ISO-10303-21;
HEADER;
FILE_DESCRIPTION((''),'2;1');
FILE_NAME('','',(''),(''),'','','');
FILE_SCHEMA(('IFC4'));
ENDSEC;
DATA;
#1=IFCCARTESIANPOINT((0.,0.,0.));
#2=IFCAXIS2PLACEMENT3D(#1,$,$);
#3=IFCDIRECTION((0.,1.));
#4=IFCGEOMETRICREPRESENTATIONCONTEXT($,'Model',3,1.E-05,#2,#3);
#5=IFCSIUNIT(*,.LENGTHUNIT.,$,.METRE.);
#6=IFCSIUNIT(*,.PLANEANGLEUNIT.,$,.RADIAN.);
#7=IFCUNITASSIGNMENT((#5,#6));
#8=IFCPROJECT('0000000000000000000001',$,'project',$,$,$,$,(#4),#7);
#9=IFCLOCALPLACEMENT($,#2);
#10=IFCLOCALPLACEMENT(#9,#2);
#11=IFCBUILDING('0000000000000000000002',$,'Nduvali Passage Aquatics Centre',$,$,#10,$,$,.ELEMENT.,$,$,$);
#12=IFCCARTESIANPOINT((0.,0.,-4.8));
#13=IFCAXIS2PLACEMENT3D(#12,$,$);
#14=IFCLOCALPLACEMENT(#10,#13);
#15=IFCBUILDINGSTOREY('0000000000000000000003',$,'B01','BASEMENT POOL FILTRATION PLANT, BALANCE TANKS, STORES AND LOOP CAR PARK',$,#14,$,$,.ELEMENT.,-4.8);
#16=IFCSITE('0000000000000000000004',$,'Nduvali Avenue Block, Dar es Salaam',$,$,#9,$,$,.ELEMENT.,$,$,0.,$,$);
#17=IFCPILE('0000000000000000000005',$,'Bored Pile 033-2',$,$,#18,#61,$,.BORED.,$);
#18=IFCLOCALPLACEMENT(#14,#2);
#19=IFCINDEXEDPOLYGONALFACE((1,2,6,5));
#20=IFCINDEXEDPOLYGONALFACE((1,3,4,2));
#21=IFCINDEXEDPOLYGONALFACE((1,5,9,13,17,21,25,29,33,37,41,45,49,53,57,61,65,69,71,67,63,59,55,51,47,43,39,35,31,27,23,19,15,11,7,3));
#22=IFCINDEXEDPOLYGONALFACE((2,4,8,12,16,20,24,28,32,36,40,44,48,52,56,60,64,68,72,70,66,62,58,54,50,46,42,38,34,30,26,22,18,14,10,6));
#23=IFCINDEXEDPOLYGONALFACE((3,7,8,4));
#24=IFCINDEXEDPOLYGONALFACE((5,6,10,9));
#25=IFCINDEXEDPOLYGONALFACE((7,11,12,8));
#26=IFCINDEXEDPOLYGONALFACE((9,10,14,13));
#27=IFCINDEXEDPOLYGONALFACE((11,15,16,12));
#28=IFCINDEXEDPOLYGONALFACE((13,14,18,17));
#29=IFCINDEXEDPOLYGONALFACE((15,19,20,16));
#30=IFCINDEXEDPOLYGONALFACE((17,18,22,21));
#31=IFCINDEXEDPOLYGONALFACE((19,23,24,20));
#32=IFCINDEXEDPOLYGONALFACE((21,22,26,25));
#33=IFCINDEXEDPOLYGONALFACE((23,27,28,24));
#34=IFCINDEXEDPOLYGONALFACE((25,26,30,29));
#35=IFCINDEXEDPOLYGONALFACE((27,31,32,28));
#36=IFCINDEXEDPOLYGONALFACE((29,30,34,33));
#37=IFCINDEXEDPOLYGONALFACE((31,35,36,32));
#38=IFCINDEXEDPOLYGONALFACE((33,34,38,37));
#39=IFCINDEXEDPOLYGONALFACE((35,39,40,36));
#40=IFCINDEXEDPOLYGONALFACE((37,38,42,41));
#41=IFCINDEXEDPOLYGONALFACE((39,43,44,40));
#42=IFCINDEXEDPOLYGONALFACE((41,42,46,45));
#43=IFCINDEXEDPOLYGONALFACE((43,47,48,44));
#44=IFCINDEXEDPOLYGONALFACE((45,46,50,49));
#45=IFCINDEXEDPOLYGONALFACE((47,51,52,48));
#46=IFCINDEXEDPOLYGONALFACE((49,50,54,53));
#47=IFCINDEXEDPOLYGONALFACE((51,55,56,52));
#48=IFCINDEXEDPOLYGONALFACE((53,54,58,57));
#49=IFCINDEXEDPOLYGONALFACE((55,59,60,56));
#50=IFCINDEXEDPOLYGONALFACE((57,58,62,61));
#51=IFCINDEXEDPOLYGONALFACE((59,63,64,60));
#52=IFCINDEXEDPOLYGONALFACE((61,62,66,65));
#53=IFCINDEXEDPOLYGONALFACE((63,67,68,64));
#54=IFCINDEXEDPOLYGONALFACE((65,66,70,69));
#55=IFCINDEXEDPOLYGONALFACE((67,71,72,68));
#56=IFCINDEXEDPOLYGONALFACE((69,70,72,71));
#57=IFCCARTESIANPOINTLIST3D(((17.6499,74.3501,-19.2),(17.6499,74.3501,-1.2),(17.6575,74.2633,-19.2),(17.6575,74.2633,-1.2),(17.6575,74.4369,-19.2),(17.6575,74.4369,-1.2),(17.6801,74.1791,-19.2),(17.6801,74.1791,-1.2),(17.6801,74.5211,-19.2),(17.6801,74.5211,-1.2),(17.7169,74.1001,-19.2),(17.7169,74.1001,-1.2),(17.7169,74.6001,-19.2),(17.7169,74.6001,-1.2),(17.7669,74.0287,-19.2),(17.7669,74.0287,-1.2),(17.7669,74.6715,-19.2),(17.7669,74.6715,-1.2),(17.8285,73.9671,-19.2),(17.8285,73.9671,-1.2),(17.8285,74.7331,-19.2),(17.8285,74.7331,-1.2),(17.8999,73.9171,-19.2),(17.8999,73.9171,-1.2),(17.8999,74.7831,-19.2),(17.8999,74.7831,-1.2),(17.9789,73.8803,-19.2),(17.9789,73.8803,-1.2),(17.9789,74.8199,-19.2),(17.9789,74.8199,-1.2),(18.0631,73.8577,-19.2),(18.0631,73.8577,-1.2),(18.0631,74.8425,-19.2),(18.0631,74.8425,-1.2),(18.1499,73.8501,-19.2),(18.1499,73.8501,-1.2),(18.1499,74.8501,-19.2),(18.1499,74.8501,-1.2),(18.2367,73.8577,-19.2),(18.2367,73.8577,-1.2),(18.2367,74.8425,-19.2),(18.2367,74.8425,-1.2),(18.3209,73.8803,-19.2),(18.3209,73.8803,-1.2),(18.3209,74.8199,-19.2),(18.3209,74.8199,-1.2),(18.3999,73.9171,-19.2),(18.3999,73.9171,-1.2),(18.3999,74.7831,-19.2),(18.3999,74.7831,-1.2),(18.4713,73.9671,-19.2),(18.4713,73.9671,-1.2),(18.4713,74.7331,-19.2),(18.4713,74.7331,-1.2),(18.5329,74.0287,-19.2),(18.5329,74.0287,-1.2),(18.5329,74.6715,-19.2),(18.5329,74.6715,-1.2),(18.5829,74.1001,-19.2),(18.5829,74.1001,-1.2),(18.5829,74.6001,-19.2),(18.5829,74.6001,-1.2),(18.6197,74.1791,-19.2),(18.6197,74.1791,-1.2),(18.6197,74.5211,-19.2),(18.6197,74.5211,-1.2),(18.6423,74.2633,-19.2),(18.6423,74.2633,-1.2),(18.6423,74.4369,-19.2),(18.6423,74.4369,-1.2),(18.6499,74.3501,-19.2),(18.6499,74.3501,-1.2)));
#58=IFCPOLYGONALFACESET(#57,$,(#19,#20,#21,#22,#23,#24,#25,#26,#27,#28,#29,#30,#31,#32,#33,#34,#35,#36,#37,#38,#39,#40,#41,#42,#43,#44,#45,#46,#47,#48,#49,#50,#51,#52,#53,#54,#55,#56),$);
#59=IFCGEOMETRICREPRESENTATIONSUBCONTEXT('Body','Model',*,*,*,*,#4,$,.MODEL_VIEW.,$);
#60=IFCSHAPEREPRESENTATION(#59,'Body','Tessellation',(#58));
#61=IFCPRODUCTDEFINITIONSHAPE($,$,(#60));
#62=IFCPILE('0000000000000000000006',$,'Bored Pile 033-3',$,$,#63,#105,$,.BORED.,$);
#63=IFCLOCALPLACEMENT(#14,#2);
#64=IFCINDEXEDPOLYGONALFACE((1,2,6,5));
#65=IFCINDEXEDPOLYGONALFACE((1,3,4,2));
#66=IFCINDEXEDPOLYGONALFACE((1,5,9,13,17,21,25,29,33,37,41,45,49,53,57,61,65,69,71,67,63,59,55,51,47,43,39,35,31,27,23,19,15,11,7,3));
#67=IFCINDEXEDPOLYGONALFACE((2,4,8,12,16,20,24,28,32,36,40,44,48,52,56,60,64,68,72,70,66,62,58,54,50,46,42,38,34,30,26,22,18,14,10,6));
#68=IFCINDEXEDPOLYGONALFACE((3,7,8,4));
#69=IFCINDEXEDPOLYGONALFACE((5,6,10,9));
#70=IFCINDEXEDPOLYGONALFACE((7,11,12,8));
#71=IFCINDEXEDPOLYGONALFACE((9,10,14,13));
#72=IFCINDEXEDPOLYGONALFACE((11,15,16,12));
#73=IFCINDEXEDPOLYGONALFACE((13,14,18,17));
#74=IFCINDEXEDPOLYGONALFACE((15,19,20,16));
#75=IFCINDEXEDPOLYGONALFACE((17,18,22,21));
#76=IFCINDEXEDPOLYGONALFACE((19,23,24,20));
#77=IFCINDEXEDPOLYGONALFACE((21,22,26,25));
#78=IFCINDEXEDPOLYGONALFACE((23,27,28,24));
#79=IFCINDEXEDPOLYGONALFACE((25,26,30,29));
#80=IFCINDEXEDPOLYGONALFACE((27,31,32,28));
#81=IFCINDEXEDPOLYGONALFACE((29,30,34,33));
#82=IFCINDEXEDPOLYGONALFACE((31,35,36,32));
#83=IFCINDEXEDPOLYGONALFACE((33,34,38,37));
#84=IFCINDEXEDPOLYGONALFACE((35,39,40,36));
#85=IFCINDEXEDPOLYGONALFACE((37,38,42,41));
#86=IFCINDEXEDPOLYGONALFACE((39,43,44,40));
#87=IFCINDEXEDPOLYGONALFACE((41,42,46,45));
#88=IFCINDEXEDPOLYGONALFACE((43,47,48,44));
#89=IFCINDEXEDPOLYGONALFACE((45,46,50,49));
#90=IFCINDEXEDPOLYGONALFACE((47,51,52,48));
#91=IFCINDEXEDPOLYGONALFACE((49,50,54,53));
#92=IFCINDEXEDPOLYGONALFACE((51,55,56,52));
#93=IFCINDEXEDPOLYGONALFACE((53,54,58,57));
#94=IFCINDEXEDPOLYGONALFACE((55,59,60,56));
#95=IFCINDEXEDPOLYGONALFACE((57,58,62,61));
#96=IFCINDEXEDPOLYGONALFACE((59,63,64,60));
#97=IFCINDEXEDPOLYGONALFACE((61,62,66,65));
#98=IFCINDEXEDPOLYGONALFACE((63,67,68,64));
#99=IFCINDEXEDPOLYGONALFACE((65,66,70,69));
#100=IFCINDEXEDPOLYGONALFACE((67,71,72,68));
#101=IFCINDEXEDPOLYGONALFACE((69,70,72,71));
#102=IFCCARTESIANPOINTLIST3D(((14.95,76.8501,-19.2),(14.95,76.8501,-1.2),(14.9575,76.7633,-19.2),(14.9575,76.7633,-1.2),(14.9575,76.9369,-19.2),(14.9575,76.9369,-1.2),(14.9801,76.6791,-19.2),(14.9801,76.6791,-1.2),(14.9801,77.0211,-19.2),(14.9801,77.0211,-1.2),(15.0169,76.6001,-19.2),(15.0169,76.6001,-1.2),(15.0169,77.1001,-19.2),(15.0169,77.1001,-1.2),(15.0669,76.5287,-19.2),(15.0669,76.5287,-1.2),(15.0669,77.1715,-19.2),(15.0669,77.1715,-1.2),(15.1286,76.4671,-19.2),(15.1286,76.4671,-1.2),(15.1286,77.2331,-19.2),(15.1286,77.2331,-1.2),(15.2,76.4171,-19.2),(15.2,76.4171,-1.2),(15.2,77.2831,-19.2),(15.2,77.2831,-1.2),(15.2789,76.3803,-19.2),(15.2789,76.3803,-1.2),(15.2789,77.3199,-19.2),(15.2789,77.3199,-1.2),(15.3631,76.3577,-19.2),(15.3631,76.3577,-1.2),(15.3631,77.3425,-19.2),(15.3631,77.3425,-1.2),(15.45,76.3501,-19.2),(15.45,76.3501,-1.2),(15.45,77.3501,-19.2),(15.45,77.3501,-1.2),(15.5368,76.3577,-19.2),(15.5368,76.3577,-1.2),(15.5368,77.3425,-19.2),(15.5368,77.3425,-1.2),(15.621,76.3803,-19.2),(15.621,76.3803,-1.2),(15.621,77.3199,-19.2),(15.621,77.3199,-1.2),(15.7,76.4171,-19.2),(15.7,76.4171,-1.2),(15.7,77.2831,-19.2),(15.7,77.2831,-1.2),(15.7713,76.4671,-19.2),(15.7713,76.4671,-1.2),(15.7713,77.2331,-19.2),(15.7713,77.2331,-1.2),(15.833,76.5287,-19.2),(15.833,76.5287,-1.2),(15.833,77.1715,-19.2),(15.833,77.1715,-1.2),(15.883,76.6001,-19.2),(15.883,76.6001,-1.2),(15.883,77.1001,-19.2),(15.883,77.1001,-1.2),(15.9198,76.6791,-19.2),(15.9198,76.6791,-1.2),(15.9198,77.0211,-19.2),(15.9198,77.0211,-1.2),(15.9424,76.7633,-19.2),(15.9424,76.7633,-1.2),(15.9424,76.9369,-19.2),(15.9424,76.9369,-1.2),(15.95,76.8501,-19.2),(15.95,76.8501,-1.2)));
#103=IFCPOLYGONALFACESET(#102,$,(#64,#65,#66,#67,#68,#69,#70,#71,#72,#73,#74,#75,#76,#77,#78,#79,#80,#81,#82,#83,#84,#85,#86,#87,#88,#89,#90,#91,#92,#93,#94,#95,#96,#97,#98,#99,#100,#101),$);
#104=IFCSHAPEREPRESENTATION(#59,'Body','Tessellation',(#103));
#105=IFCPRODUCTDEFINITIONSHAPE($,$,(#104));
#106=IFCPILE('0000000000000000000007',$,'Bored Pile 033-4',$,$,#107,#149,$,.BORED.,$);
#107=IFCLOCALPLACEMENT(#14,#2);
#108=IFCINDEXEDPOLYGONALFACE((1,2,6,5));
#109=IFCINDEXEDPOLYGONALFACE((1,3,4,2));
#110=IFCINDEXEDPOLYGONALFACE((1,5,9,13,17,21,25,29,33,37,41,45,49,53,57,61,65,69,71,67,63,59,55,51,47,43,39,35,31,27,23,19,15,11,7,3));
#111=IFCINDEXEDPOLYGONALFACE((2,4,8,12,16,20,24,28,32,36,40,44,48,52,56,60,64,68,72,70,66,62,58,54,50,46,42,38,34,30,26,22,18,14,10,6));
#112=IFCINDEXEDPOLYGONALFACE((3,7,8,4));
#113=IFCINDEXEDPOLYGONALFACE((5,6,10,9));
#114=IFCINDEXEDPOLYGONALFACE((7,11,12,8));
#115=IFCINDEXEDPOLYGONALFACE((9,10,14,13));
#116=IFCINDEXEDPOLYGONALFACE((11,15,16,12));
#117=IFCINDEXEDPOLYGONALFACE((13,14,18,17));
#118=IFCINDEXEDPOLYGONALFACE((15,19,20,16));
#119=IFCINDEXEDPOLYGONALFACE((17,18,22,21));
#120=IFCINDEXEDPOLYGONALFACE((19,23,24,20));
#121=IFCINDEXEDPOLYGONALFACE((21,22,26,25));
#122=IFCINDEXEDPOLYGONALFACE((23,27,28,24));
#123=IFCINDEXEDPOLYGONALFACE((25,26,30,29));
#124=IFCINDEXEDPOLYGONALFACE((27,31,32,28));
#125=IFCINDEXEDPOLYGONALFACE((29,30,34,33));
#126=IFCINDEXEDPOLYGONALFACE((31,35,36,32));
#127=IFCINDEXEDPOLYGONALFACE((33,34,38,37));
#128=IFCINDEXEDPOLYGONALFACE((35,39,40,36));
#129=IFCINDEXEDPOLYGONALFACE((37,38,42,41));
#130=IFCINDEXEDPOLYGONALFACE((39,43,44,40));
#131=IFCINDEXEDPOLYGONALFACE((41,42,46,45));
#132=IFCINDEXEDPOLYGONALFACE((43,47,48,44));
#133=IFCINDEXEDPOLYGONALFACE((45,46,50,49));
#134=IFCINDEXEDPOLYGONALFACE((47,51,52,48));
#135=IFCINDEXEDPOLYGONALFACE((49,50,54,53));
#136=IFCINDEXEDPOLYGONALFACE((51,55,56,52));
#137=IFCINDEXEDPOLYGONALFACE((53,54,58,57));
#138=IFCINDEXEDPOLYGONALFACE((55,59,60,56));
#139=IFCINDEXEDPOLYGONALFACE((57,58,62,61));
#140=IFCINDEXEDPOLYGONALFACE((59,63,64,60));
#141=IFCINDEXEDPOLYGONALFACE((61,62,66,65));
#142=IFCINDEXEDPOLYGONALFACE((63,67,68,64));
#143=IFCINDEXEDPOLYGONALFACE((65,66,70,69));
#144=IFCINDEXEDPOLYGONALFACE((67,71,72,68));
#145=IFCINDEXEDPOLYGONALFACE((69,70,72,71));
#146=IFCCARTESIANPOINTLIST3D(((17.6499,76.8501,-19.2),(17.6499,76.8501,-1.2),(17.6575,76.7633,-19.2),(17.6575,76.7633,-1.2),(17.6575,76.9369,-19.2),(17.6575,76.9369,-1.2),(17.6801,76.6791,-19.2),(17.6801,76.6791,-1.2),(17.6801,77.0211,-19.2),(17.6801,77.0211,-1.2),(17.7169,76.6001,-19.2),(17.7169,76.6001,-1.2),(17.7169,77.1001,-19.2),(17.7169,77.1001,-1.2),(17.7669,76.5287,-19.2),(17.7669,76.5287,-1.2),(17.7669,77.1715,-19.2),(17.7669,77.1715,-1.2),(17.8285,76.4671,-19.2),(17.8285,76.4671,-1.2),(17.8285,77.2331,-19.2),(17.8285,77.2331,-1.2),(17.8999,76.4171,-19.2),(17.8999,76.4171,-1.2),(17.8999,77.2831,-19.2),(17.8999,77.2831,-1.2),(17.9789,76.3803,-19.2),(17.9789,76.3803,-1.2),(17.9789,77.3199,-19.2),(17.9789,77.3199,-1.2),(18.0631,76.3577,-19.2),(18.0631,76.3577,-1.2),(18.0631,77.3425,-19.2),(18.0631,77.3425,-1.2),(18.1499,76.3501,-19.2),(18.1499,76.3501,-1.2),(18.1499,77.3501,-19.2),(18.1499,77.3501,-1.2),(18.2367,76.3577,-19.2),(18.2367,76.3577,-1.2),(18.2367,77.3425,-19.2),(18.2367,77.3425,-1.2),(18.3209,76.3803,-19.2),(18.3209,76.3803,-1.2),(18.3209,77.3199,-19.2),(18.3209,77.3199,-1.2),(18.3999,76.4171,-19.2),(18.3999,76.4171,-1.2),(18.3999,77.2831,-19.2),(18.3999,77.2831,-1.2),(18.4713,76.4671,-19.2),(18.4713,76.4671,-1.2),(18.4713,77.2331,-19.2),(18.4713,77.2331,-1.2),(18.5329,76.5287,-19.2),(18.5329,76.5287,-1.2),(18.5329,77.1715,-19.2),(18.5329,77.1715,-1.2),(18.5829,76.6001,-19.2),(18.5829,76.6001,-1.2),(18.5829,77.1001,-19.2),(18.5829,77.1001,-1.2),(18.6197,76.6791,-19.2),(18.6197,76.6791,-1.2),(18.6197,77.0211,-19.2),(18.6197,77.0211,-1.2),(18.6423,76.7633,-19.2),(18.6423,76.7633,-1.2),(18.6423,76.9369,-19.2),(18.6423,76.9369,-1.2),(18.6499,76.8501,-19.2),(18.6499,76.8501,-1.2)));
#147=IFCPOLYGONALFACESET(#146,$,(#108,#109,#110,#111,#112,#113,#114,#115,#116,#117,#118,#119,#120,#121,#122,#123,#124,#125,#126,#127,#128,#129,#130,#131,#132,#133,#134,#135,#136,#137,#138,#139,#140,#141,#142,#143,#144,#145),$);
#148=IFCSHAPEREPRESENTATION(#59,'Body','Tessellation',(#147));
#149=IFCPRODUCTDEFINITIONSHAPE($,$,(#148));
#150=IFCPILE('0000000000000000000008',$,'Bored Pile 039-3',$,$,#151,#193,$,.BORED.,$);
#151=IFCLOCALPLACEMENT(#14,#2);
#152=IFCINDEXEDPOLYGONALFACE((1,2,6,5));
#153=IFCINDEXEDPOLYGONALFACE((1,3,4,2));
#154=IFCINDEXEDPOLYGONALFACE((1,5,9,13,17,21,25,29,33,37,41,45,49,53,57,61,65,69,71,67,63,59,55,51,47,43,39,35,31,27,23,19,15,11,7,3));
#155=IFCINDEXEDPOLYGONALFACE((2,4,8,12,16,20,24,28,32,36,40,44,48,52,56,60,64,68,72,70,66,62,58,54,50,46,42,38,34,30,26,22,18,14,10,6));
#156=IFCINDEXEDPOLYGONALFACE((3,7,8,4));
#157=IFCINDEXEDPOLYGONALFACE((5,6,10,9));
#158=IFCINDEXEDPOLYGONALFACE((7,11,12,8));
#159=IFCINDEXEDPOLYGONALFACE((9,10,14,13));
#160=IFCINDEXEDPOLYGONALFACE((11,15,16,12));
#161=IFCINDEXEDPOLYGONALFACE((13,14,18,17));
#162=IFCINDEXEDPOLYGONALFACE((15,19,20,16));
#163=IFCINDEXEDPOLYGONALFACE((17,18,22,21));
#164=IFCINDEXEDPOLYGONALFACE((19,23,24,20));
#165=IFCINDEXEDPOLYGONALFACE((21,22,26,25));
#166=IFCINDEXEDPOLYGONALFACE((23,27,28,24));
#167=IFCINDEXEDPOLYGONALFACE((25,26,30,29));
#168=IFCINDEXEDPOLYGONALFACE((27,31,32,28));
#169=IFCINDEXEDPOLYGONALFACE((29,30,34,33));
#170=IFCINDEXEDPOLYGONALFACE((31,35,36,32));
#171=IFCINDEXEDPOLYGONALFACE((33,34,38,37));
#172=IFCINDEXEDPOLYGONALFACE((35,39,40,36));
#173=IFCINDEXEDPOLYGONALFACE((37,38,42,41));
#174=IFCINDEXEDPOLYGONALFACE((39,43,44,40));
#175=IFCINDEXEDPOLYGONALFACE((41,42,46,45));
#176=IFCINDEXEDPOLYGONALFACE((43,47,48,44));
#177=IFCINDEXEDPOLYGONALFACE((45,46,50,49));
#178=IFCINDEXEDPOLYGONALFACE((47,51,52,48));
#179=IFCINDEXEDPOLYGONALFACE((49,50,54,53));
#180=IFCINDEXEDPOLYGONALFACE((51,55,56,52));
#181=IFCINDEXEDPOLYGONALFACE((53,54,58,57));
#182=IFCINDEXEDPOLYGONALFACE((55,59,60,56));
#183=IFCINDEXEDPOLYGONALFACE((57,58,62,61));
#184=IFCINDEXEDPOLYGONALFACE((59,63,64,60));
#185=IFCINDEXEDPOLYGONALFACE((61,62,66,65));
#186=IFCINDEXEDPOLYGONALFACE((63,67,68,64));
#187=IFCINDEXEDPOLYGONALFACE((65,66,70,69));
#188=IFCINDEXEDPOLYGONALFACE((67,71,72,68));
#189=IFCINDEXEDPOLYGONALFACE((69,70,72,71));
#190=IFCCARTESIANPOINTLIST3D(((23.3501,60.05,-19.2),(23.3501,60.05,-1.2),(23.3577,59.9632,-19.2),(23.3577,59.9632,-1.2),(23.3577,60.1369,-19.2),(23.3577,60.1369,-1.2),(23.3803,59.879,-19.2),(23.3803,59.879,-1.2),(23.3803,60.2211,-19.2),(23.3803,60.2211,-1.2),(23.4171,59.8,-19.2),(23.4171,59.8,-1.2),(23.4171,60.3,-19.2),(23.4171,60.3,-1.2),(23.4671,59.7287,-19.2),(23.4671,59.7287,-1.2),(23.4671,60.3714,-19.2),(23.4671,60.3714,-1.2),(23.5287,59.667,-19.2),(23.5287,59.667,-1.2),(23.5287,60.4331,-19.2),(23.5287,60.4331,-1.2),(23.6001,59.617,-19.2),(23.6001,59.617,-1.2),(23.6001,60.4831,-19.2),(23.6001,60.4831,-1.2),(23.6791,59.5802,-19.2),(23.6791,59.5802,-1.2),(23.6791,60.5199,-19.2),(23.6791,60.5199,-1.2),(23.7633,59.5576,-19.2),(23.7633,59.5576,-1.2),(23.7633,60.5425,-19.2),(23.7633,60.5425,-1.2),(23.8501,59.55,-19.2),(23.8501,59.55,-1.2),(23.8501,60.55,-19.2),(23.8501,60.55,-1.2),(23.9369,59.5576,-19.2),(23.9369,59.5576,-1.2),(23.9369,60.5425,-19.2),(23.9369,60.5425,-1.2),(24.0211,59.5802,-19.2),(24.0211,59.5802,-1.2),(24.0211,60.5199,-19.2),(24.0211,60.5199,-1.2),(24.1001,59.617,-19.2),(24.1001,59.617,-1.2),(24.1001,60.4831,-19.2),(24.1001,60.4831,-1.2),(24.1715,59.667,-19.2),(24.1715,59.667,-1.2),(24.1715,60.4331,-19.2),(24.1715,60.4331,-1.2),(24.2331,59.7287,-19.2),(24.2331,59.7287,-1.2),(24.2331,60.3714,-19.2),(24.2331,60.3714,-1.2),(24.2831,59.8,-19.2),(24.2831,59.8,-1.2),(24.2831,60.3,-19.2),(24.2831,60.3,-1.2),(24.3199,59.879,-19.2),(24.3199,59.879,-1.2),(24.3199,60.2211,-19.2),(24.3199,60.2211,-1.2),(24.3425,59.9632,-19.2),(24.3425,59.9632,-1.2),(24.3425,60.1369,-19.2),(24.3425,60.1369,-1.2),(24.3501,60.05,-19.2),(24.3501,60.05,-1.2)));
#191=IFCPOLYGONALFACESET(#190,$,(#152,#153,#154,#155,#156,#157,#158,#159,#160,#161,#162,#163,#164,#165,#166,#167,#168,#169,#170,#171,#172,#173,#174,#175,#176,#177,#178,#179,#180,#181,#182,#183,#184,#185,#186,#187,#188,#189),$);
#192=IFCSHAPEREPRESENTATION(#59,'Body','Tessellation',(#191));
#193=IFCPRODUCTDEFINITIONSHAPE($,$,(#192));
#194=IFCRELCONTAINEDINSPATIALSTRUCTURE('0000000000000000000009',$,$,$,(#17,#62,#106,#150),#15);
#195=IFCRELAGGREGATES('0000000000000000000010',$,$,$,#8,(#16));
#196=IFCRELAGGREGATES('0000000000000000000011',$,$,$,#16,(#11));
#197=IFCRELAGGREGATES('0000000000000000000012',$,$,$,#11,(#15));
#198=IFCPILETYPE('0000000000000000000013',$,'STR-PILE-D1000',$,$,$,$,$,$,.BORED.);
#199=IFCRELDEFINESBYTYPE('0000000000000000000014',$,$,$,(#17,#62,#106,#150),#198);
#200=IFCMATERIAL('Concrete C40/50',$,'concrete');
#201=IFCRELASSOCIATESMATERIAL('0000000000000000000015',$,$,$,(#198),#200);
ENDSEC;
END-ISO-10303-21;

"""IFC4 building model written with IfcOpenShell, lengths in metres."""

from ifc_helpers import new_model, si_unit, direction, frame, origin, origin_2d, place, context, subcontext, project, spatial, circle, extrude, material, material_profile, profile_set, type_object, element, save


model = new_model("IFC4")

# Units and contexts
model_context = context("Model", 3, precision=1e-05, world=origin(), true_north=direction((0.0, 1.0)))
body_context = subcontext(model_context, "Body", "Model", "MODEL_VIEW")
ifc_project = project(units=[si_unit("LENGTHUNIT", "METRE"), si_unit("PLANEANGLEUNIT", "RADIAN")], contexts=[model_context])

# Site, building, storey
site_placement = place(None, origin())
site = spatial("IfcSite", under=ifc_project, at=site_placement, Name="Nduvali Avenue Block, Dar es Salaam", CompositionType="ELEMENT", RefElevation=0.0)
building_placement = place(site_placement, origin())
building = spatial("IfcBuilding", under=site, at=building_placement, Name="Nduvali Passage Aquatics Centre", CompositionType="ELEMENT")
storey_placement = place(building_placement, frame((0.0, 0.0, -4.8)))
storey = spatial("IfcBuildingStorey", under=building, at=storey_placement, Name="B01", Description="BASEMENT POOL FILTRATION PLANT, BALANCE TANKS, STORES AND LOOP CAR PARK", CompositionType="ELEMENT", Elevation=-4.8)

# Shared definitions
ifc_material_1 = material(Name="Concrete C40/50", Category="concrete")

# Piles
ifc_material_profile_1 = material_profile(ifc_material_1, circle(Radius=0.5, at=origin_2d()), Name="PILE D1000")
ifc_profile_set_1 = profile_set([ifc_material_profile_1], Name="Concrete C40/50")
pile_type_1 = type_object("IfcPileType", Name="STR-PILE-D1000", PredefinedType="BORED", material=ifc_profile_set_1)
for number, where, z_axis, x_axis, name in (
    (1, (18.1499, 74.3501, -1.2), (0.0, 0.0, -1.0), (1.0, 0.0, 0.0), "Bored Pile 033-2"),
    (2, (15.45, 76.8501, -1.2), (0.0, 0.0, -1.0), (1.0, 0.0, 0.0), "Bored Pile 033-3"),
    (3, (18.1499, 76.8501, -1.2), (0.0, 0.0, -1.0), (1.0, 0.0, 0.0), "Bored Pile 033-4"),
    (4, (23.8501, 60.05, -1.2), (0.0, 0.0, -1.0), (1.0, 0.0, 0.0), "Bored Pile 039-3"),
):
    element("IfcPile", number, at=place(storey_placement, frame(where, z_axis=z_axis, x_axis=x_axis)), inside=storey, type_object=pile_type_1, Name=name, PredefinedType="BORED", context=body_context, shape_type="SweptSolid", body=[
        extrude(circle(Radius=0.5, at=origin_2d()), origin(), (0.0, 0.0, 1.0), 18.0),
    ])

save(model, "model.ifc")
